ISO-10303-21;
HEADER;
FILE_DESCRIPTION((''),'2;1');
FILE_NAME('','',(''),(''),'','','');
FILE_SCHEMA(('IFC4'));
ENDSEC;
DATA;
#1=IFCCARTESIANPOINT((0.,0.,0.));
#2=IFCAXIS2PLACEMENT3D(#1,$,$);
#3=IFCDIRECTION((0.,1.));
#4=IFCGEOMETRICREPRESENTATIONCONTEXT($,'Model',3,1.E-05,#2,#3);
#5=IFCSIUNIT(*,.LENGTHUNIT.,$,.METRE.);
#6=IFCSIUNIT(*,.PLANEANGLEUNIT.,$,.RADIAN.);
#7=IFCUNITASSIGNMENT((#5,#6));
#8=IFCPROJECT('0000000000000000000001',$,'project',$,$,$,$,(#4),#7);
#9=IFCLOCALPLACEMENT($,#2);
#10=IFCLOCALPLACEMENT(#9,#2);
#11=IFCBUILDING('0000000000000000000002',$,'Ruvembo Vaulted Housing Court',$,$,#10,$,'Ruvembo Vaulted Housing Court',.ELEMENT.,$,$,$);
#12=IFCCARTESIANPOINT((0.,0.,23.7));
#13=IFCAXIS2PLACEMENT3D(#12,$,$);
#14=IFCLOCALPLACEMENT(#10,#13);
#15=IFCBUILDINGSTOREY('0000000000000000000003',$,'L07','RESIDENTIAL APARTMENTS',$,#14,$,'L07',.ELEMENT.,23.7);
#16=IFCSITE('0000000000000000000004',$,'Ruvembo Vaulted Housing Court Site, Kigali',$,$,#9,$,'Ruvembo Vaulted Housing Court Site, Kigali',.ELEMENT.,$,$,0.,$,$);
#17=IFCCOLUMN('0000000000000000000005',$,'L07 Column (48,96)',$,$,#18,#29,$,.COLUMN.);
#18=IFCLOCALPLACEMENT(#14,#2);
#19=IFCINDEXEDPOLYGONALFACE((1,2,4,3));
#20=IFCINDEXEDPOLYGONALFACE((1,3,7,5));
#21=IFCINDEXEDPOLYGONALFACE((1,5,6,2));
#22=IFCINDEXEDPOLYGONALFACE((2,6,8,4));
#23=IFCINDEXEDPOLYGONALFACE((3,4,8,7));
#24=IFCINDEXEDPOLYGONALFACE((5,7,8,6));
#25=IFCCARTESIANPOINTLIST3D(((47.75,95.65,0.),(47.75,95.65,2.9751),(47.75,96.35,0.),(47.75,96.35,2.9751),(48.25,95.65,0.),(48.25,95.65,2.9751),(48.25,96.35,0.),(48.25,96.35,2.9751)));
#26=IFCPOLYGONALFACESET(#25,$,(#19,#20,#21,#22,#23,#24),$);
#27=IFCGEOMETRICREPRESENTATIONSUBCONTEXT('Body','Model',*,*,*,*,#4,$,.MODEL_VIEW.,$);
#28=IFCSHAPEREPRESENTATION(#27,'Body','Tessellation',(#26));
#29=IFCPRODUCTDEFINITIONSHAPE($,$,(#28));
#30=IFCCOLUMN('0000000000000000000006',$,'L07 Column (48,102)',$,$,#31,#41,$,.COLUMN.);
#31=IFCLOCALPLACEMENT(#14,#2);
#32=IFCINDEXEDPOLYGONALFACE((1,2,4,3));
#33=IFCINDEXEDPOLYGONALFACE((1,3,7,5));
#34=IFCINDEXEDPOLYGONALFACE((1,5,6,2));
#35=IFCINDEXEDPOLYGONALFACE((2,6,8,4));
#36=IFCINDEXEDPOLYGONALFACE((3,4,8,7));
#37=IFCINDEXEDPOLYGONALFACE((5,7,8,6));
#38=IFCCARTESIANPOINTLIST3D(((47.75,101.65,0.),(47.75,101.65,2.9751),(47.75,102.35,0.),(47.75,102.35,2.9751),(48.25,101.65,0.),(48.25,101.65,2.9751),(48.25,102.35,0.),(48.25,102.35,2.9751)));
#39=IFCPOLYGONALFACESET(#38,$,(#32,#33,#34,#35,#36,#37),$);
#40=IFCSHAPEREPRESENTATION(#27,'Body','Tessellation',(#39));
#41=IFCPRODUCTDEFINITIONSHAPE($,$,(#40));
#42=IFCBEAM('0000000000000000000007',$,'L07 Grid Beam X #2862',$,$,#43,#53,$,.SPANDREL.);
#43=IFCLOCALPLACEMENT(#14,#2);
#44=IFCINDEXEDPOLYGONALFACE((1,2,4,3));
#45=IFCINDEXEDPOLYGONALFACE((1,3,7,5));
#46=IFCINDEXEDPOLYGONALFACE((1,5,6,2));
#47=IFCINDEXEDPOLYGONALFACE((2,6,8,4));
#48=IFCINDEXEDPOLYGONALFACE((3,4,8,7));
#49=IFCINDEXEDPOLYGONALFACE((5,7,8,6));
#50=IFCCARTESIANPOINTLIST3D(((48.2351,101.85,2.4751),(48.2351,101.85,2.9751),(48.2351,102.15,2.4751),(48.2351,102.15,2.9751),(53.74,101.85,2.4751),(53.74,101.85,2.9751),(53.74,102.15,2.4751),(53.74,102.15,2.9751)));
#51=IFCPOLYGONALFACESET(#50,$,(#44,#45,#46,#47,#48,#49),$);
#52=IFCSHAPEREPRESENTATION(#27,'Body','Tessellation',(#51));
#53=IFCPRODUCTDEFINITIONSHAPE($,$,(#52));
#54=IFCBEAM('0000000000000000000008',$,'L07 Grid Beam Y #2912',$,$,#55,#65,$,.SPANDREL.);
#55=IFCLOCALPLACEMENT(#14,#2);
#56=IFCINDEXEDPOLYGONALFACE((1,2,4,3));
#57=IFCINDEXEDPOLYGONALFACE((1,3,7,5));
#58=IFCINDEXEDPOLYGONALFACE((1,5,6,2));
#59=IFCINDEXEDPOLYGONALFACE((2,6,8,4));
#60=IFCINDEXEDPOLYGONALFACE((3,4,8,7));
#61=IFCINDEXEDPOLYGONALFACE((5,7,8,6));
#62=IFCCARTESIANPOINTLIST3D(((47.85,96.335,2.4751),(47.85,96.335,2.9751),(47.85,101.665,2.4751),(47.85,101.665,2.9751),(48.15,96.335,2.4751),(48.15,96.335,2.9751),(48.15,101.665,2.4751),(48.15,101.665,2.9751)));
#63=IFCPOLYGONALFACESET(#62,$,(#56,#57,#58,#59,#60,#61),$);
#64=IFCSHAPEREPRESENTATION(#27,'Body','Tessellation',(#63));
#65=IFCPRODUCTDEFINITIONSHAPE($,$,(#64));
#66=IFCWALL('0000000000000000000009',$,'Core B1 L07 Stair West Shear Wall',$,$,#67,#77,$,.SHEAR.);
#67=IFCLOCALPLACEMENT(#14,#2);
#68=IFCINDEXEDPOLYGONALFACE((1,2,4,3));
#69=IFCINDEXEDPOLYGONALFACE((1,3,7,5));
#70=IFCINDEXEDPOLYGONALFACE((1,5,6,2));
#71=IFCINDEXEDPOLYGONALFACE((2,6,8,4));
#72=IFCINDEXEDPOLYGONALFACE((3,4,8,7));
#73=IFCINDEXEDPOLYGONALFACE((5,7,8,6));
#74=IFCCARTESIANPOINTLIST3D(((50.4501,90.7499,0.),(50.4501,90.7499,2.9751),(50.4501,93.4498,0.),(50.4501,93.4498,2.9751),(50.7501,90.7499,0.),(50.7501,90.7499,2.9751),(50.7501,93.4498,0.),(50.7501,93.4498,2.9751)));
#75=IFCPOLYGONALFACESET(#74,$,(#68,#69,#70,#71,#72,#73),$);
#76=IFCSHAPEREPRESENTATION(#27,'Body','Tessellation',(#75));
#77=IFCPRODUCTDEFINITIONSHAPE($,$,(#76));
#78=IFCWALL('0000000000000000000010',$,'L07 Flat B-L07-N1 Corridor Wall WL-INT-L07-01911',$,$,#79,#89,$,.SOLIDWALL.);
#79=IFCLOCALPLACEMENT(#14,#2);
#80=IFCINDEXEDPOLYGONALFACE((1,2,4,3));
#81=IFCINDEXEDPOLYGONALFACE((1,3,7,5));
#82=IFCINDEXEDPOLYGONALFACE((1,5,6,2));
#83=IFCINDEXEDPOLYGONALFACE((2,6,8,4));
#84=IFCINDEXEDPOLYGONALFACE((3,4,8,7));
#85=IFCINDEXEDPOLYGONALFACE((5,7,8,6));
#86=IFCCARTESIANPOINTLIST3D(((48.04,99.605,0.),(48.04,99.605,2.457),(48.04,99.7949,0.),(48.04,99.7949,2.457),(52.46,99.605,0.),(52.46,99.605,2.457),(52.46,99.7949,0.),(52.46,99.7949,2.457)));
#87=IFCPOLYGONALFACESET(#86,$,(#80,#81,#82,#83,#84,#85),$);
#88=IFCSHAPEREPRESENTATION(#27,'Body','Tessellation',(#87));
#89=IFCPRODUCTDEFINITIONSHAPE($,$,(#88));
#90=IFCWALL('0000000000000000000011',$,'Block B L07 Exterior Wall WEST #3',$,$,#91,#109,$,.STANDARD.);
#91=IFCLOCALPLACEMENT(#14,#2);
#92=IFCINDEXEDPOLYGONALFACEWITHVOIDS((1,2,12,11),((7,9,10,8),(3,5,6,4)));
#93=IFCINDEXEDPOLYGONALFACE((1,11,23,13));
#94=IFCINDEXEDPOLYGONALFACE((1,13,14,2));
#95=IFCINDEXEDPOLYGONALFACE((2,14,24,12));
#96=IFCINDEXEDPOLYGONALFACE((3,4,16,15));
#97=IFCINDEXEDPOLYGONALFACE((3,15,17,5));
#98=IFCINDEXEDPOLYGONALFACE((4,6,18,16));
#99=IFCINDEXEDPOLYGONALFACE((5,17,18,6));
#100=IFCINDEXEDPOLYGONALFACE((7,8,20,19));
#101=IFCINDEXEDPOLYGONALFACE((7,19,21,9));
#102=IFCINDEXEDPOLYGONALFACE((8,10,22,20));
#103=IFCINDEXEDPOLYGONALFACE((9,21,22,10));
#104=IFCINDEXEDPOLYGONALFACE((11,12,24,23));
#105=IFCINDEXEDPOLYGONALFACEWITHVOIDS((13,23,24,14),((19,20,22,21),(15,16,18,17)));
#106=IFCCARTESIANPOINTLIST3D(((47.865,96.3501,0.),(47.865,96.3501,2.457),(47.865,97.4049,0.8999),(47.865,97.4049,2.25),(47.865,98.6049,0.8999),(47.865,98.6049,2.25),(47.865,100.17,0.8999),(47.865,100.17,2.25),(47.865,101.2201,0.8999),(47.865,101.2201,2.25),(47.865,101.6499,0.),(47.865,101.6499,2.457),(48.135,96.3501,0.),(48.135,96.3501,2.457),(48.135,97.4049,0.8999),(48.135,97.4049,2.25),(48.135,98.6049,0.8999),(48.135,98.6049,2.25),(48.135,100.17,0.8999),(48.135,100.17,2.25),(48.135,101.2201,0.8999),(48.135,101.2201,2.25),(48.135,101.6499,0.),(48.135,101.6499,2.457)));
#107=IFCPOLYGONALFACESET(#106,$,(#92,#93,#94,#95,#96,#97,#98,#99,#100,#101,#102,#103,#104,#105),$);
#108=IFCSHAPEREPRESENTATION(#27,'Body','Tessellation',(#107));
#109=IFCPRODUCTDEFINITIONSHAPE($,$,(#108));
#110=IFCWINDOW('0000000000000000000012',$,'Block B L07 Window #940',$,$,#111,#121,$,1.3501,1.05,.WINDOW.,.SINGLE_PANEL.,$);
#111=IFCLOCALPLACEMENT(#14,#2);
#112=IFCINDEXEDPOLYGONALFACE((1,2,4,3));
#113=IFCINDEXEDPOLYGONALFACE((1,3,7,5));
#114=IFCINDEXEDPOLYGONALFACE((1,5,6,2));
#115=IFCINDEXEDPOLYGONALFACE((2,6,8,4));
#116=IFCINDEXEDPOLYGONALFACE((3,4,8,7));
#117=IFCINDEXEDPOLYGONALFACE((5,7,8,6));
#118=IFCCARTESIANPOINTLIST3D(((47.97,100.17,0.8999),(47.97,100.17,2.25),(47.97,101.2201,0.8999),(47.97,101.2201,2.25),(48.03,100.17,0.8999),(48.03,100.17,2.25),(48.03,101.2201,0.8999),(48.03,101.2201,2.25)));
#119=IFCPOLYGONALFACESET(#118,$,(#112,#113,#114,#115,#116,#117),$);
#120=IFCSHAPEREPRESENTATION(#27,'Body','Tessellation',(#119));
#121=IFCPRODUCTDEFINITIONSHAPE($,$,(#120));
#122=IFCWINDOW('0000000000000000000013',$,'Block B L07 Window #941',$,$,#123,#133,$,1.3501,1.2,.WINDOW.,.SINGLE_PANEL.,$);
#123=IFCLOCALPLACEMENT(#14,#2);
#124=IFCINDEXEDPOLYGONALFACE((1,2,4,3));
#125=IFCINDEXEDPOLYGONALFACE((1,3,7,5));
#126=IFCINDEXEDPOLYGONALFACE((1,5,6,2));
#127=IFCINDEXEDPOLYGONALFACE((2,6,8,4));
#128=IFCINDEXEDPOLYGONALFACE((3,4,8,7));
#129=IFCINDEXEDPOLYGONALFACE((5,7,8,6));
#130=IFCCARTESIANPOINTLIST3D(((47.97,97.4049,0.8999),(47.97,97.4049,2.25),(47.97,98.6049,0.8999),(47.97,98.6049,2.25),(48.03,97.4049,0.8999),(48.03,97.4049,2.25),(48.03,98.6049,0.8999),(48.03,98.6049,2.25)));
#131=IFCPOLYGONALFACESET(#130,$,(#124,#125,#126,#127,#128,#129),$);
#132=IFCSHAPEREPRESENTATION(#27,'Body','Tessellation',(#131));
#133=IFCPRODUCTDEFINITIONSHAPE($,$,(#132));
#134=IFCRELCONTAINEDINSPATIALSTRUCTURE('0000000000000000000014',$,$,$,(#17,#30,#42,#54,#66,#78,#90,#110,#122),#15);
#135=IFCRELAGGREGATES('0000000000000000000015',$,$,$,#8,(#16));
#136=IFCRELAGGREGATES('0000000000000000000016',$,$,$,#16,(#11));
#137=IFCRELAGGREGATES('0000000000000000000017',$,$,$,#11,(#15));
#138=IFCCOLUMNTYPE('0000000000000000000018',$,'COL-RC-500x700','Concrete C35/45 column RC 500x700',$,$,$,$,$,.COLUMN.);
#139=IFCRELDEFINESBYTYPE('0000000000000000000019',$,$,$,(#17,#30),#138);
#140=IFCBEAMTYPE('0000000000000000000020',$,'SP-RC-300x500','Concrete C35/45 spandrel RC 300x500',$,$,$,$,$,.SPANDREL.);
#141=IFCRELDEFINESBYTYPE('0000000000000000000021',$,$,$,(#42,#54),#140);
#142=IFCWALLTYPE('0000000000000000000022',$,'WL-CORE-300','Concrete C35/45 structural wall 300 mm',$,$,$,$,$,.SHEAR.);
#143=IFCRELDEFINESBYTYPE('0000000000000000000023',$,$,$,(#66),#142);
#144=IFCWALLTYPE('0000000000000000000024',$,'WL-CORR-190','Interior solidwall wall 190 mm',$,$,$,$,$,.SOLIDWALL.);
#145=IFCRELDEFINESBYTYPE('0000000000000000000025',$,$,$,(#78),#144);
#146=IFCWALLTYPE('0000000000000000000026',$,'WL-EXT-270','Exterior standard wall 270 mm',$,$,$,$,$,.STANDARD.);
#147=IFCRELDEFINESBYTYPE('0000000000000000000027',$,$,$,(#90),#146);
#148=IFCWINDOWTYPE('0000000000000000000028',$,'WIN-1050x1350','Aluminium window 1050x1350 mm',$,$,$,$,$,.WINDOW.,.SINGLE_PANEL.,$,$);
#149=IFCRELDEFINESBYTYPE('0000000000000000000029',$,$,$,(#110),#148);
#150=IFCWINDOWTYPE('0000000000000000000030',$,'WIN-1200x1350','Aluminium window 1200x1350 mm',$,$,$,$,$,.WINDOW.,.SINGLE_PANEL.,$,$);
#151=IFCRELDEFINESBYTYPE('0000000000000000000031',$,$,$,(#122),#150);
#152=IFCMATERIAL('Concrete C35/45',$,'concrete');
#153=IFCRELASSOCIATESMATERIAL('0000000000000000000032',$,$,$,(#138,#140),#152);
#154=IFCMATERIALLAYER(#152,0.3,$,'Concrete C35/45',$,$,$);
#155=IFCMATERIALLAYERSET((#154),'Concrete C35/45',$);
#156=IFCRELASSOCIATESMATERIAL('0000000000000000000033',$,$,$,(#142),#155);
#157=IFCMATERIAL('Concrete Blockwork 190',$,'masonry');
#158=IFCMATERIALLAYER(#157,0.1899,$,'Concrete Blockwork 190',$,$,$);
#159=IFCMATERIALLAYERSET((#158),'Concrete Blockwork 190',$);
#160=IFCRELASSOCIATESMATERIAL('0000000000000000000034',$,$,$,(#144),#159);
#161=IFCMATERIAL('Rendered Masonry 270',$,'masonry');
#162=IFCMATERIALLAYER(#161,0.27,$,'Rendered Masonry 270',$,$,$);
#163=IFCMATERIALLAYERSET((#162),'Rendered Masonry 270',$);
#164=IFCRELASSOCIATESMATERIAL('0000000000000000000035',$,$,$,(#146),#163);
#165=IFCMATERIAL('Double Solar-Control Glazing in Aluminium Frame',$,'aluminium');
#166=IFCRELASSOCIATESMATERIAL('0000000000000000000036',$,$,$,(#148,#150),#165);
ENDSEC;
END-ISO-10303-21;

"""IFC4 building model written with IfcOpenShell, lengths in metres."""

from ifc_helpers import new_model, si_unit, direction, frame, frame_2d, origin, origin_2d, place, context, subcontext, project, spatial, rectangle, extrude, material, layer, layer_set, material_profile, profile_set, type_object, element, fill, save


model = new_model("IFC4")

# Units and contexts
model_context = context("Model", 3, precision=1e-05, world=origin(), true_north=direction((0.0, 1.0)))
body_context = subcontext(model_context, "Body", "Model", "MODEL_VIEW")
ifc_project = project(units=[si_unit("LENGTHUNIT", "METRE"), si_unit("PLANEANGLEUNIT", "RADIAN")], contexts=[model_context])

# Site, building, storey
site_placement = place(None, origin())
site = spatial("IfcSite", under=ifc_project, at=site_placement, Name="Ruvembo Vaulted Housing Court Site, Kigali", LongName="Ruvembo Vaulted Housing Court Site, Kigali", CompositionType="ELEMENT", RefElevation=0.0)
building_placement = place(site_placement, origin())
building = spatial("IfcBuilding", under=site, at=building_placement, Name="Ruvembo Vaulted Housing Court", LongName="Ruvembo Vaulted Housing Court", CompositionType="ELEMENT")
storey_placement = place(building_placement, frame((0.0, 0.0, 23.7)))
storey = spatial("IfcBuildingStorey", under=building, at=storey_placement, Name="L07", Description="RESIDENTIAL APARTMENTS", LongName="L07", CompositionType="ELEMENT", Elevation=23.7)

# Columns
ifc_material_1 = material(Name="Concrete C35/45", Category="concrete")
ifc_material_profile_1 = material_profile(ifc_material_1, rectangle(XDim=0.5, YDim=0.7, at=origin_2d()), Name="RC 500x700")
ifc_profile_set_1 = profile_set([ifc_material_profile_1], Name="Concrete C35/45")
column_type = type_object("IfcColumnType", Name="COL-RC-500x700", Description="Concrete C35/45 column RC 500x700", PredefinedType="COLUMN", material=ifc_profile_set_1)
for number, where, z_axis, x_axis, name in (
    (1, (48.0, 96.0, 0.0), (0.0, 0.0, 1.0), (1.0, 0.0, 0.0), "L07 Column (48,96)"),
    (2, (48.0, 102.0, 0.0), (0.0, 0.0, 1.0), (1.0, 0.0, 0.0), "L07 Column (48,102)"),
):
    element("IfcColumn", number, at=place(storey_placement, frame(where, z_axis=z_axis, x_axis=x_axis)), inside=storey, type_object=column_type, Name=name, PredefinedType="COLUMN", context=body_context, shape_type="SweptSolid", body=[
        extrude(rectangle(XDim=0.5, YDim=0.7, at=origin_2d()), origin(), (0.0, 0.0, 1.0), 2.9751),
    ])

# Beams
ifc_material_profile_2 = material_profile(ifc_material_1, rectangle(XDim=0.3, YDim=0.5, at=origin_2d()), Name="RC 300x500")
ifc_profile_set_2 = profile_set([ifc_material_profile_2], Name="Concrete C35/45")
beam_type = type_object("IfcBeamType", Name="SP-RC-300x500", Description="Concrete C35/45 spandrel RC 300x500", PredefinedType="SPANDREL", material=ifc_profile_set_2)
beam_1_placement = place(storey_placement, frame((48.2351, 102.0, 2.7251), z_axis=(1.0, 0.0, 0.0), x_axis=(0.0, 1.0, 0.0)))
element("IfcBeam", 3, at=beam_1_placement, inside=storey, type_object=beam_type, Name="L07 Grid Beam X #2862", PredefinedType="SPANDREL", context=body_context, shape_type="SweptSolid", body=[
    extrude(rectangle(XDim=0.3, YDim=0.5, at=origin_2d()), origin(), (0.0, 0.0, 1.0), 5.5049),
])
beam_2_placement = place(storey_placement, frame((48.0, 96.335, 2.7251), z_axis=(0.0, 1.0, 0.0), x_axis=(-1.0, 0.0, 0.0)))
element("IfcBeam", 4, at=beam_2_placement, inside=storey, type_object=beam_type, Name="L07 Grid Beam Y #2912", PredefinedType="SPANDREL", context=body_context, shape_type="SweptSolid", body=[
    extrude(rectangle(XDim=0.3, YDim=0.5, at=origin_2d()), origin(), (0.0, 0.0, 1.0), 5.3301),
])

# Walls
ifc_layer_1 = layer(ifc_material_1, 0.3, Name="Concrete C35/45")
ifc_layer_set_1 = layer_set([ifc_layer_1], Name="Concrete C35/45")
wall_type_1 = type_object("IfcWallType", Name="WL-CORE-300", Description="Concrete C35/45 structural wall 300 mm", PredefinedType="SHEAR", material=ifc_layer_set_1)
wall_1_placement = place(storey_placement, frame((50.6001, 93.45, 0.0), z_axis=(0.0, 0.0, 1.0), x_axis=(0.0, -1.0, 0.0)))
element("IfcWall", 5, at=wall_1_placement, inside=storey, type_object=wall_type_1, Name="Core B1 L07 Stair West Shear Wall", PredefinedType="SHEAR", context=body_context, shape_type="SweptSolid", body=[
    extrude(rectangle(XDim=2.7, YDim=0.3, at=frame_2d((1.3501, 0.0))), origin(), (0.0, 0.0, 1.0), 2.9751),
])
ifc_material_2 = material(Name="Concrete Blockwork 190", Category="masonry")
ifc_layer_2 = layer(ifc_material_2, 0.1899, Name="Concrete Blockwork 190")
ifc_layer_set_2 = layer_set([ifc_layer_2], Name="Concrete Blockwork 190")
wall_type_2 = type_object("IfcWallType", Name="WL-CORR-190", Description="Interior solidwall wall 190 mm", PredefinedType="SOLIDWALL", material=ifc_layer_set_2)
wall_2_placement = place(storey_placement, frame((48.04, 99.7, 0.0), z_axis=(0.0, 0.0, 1.0), x_axis=(1.0, 0.0, 0.0)))
element("IfcWall", 6, at=wall_2_placement, inside=storey, type_object=wall_type_2, Name="L07 Flat B-L07-N1 Corridor Wall WL-INT-L07-01911", PredefinedType="SOLIDWALL", context=body_context, shape_type="SweptSolid", body=[
    extrude(rectangle(XDim=4.4199, YDim=0.1899, at=frame_2d((2.21, 0.0))), origin(), (0.0, 0.0, 1.0), 2.457),
])

# Wall, openings, windows
ifc_material_3 = material(Name="Rendered Masonry 270", Category="masonry")
ifc_layer_3 = layer(ifc_material_3, 0.27, Name="Rendered Masonry 270")
ifc_layer_set_3 = layer_set([ifc_layer_3], Name="Rendered Masonry 270")
wall_type_3 = type_object("IfcWallType", Name="WL-EXT-270", Description="Exterior standard wall 270 mm", PredefinedType="STANDARD", material=ifc_layer_set_3)
wall_3_placement = place(storey_placement, frame((48.0, 101.6499, 0.0), z_axis=(0.0, 0.0, 1.0), x_axis=(0.0, -1.0, 0.0)))
wall_3 = element("IfcWall", 7, at=wall_3_placement, inside=storey, type_object=wall_type_3, Name="Block B L07 Exterior Wall WEST #3", PredefinedType="STANDARD", context=body_context, shape_type="SweptSolid", body=[
    extrude(rectangle(XDim=5.2998, YDim=0.27, at=frame_2d((2.6499, 0.0))), origin(), (0.0, 0.0, 1.0), 2.457),
])
opening_1_placement = place(wall_3_placement, frame((0.4299, 0.0, 0.8999)))
opening_1 = element("IfcOpeningElement", 8, at=opening_1_placement, cuts=wall_3, PredefinedType="OPENING", context=body_context, shape_type="SweptSolid", body=[
    extrude(rectangle(XDim=1.05, YDim=1.3501, at=frame_2d((0.5249, 0.675))), frame((0.0, 0.145, 0.0), z_axis=(0.0, -1.0, 0.0), x_axis=(1.0, 0.0, 0.0)), (0.0, 0.0, 1.0), 0.29),
])
opening_2_placement = place(wall_3_placement, frame((3.0449, 0.0, 0.8999)))
opening_2 = element("IfcOpeningElement", 9, at=opening_2_placement, cuts=wall_3, PredefinedType="OPENING", context=body_context, shape_type="SweptSolid", body=[
    extrude(rectangle(XDim=1.2, YDim=1.3501, at=frame_2d((0.6001, 0.675))), frame((0.0, 0.145, 0.0), z_axis=(0.0, -1.0, 0.0), x_axis=(1.0, 0.0, 0.0)), (0.0, 0.0, 1.0), 0.29),
])
ifc_material_4 = material(Name="Double Solar-Control Glazing in Aluminium Frame", Category="aluminium")
window_type_1 = type_object("IfcWindowType", Name="WIN-1050x1350", Description="Aluminium window 1050x1350 mm", PartitioningType="SINGLE_PANEL", PredefinedType="WINDOW", material=ifc_material_4)
window_1_placement = place(opening_1_placement, origin())
window_1 = element("IfcWindow", 10, at=window_1_placement, inside=storey, type_object=window_type_1, Name="Block B L07 Window #940", OverallHeight=1.3501, OverallWidth=1.05, PartitioningType="SINGLE_PANEL", PredefinedType="WINDOW", context=body_context, shape_type="SweptSolid", body=[
    extrude(rectangle(XDim=1.05, YDim=1.3501, at=frame_2d((0.5249, 0.675))), frame((0.0, 0.03, 0.0), z_axis=(0.0, -1.0, 0.0), x_axis=(1.0, 0.0, 0.0)), (0.0, 0.0, 1.0), 0.0601),
])
fill(opening_1, window_1)
window_type_2 = type_object("IfcWindowType", Name="WIN-1200x1350", Description="Aluminium window 1200x1350 mm", PartitioningType="SINGLE_PANEL", PredefinedType="WINDOW", material=ifc_material_4)
window_2_placement = place(opening_2_placement, origin())
window_2 = element("IfcWindow", 11, at=window_2_placement, inside=storey, type_object=window_type_2, Name="Block B L07 Window #941", OverallHeight=1.3501, OverallWidth=1.2, PartitioningType="SINGLE_PANEL", PredefinedType="WINDOW", context=body_context, shape_type="SweptSolid", body=[
    extrude(rectangle(XDim=1.2, YDim=1.3501, at=frame_2d((0.6001, 0.675))), frame((0.0, 0.03, 0.0), z_axis=(0.0, -1.0, 0.0), x_axis=(1.0, 0.0, 0.0)), (0.0, 0.0, 1.0), 0.0601),
])
fill(opening_2, window_2)

save(model, "model.ifc")
